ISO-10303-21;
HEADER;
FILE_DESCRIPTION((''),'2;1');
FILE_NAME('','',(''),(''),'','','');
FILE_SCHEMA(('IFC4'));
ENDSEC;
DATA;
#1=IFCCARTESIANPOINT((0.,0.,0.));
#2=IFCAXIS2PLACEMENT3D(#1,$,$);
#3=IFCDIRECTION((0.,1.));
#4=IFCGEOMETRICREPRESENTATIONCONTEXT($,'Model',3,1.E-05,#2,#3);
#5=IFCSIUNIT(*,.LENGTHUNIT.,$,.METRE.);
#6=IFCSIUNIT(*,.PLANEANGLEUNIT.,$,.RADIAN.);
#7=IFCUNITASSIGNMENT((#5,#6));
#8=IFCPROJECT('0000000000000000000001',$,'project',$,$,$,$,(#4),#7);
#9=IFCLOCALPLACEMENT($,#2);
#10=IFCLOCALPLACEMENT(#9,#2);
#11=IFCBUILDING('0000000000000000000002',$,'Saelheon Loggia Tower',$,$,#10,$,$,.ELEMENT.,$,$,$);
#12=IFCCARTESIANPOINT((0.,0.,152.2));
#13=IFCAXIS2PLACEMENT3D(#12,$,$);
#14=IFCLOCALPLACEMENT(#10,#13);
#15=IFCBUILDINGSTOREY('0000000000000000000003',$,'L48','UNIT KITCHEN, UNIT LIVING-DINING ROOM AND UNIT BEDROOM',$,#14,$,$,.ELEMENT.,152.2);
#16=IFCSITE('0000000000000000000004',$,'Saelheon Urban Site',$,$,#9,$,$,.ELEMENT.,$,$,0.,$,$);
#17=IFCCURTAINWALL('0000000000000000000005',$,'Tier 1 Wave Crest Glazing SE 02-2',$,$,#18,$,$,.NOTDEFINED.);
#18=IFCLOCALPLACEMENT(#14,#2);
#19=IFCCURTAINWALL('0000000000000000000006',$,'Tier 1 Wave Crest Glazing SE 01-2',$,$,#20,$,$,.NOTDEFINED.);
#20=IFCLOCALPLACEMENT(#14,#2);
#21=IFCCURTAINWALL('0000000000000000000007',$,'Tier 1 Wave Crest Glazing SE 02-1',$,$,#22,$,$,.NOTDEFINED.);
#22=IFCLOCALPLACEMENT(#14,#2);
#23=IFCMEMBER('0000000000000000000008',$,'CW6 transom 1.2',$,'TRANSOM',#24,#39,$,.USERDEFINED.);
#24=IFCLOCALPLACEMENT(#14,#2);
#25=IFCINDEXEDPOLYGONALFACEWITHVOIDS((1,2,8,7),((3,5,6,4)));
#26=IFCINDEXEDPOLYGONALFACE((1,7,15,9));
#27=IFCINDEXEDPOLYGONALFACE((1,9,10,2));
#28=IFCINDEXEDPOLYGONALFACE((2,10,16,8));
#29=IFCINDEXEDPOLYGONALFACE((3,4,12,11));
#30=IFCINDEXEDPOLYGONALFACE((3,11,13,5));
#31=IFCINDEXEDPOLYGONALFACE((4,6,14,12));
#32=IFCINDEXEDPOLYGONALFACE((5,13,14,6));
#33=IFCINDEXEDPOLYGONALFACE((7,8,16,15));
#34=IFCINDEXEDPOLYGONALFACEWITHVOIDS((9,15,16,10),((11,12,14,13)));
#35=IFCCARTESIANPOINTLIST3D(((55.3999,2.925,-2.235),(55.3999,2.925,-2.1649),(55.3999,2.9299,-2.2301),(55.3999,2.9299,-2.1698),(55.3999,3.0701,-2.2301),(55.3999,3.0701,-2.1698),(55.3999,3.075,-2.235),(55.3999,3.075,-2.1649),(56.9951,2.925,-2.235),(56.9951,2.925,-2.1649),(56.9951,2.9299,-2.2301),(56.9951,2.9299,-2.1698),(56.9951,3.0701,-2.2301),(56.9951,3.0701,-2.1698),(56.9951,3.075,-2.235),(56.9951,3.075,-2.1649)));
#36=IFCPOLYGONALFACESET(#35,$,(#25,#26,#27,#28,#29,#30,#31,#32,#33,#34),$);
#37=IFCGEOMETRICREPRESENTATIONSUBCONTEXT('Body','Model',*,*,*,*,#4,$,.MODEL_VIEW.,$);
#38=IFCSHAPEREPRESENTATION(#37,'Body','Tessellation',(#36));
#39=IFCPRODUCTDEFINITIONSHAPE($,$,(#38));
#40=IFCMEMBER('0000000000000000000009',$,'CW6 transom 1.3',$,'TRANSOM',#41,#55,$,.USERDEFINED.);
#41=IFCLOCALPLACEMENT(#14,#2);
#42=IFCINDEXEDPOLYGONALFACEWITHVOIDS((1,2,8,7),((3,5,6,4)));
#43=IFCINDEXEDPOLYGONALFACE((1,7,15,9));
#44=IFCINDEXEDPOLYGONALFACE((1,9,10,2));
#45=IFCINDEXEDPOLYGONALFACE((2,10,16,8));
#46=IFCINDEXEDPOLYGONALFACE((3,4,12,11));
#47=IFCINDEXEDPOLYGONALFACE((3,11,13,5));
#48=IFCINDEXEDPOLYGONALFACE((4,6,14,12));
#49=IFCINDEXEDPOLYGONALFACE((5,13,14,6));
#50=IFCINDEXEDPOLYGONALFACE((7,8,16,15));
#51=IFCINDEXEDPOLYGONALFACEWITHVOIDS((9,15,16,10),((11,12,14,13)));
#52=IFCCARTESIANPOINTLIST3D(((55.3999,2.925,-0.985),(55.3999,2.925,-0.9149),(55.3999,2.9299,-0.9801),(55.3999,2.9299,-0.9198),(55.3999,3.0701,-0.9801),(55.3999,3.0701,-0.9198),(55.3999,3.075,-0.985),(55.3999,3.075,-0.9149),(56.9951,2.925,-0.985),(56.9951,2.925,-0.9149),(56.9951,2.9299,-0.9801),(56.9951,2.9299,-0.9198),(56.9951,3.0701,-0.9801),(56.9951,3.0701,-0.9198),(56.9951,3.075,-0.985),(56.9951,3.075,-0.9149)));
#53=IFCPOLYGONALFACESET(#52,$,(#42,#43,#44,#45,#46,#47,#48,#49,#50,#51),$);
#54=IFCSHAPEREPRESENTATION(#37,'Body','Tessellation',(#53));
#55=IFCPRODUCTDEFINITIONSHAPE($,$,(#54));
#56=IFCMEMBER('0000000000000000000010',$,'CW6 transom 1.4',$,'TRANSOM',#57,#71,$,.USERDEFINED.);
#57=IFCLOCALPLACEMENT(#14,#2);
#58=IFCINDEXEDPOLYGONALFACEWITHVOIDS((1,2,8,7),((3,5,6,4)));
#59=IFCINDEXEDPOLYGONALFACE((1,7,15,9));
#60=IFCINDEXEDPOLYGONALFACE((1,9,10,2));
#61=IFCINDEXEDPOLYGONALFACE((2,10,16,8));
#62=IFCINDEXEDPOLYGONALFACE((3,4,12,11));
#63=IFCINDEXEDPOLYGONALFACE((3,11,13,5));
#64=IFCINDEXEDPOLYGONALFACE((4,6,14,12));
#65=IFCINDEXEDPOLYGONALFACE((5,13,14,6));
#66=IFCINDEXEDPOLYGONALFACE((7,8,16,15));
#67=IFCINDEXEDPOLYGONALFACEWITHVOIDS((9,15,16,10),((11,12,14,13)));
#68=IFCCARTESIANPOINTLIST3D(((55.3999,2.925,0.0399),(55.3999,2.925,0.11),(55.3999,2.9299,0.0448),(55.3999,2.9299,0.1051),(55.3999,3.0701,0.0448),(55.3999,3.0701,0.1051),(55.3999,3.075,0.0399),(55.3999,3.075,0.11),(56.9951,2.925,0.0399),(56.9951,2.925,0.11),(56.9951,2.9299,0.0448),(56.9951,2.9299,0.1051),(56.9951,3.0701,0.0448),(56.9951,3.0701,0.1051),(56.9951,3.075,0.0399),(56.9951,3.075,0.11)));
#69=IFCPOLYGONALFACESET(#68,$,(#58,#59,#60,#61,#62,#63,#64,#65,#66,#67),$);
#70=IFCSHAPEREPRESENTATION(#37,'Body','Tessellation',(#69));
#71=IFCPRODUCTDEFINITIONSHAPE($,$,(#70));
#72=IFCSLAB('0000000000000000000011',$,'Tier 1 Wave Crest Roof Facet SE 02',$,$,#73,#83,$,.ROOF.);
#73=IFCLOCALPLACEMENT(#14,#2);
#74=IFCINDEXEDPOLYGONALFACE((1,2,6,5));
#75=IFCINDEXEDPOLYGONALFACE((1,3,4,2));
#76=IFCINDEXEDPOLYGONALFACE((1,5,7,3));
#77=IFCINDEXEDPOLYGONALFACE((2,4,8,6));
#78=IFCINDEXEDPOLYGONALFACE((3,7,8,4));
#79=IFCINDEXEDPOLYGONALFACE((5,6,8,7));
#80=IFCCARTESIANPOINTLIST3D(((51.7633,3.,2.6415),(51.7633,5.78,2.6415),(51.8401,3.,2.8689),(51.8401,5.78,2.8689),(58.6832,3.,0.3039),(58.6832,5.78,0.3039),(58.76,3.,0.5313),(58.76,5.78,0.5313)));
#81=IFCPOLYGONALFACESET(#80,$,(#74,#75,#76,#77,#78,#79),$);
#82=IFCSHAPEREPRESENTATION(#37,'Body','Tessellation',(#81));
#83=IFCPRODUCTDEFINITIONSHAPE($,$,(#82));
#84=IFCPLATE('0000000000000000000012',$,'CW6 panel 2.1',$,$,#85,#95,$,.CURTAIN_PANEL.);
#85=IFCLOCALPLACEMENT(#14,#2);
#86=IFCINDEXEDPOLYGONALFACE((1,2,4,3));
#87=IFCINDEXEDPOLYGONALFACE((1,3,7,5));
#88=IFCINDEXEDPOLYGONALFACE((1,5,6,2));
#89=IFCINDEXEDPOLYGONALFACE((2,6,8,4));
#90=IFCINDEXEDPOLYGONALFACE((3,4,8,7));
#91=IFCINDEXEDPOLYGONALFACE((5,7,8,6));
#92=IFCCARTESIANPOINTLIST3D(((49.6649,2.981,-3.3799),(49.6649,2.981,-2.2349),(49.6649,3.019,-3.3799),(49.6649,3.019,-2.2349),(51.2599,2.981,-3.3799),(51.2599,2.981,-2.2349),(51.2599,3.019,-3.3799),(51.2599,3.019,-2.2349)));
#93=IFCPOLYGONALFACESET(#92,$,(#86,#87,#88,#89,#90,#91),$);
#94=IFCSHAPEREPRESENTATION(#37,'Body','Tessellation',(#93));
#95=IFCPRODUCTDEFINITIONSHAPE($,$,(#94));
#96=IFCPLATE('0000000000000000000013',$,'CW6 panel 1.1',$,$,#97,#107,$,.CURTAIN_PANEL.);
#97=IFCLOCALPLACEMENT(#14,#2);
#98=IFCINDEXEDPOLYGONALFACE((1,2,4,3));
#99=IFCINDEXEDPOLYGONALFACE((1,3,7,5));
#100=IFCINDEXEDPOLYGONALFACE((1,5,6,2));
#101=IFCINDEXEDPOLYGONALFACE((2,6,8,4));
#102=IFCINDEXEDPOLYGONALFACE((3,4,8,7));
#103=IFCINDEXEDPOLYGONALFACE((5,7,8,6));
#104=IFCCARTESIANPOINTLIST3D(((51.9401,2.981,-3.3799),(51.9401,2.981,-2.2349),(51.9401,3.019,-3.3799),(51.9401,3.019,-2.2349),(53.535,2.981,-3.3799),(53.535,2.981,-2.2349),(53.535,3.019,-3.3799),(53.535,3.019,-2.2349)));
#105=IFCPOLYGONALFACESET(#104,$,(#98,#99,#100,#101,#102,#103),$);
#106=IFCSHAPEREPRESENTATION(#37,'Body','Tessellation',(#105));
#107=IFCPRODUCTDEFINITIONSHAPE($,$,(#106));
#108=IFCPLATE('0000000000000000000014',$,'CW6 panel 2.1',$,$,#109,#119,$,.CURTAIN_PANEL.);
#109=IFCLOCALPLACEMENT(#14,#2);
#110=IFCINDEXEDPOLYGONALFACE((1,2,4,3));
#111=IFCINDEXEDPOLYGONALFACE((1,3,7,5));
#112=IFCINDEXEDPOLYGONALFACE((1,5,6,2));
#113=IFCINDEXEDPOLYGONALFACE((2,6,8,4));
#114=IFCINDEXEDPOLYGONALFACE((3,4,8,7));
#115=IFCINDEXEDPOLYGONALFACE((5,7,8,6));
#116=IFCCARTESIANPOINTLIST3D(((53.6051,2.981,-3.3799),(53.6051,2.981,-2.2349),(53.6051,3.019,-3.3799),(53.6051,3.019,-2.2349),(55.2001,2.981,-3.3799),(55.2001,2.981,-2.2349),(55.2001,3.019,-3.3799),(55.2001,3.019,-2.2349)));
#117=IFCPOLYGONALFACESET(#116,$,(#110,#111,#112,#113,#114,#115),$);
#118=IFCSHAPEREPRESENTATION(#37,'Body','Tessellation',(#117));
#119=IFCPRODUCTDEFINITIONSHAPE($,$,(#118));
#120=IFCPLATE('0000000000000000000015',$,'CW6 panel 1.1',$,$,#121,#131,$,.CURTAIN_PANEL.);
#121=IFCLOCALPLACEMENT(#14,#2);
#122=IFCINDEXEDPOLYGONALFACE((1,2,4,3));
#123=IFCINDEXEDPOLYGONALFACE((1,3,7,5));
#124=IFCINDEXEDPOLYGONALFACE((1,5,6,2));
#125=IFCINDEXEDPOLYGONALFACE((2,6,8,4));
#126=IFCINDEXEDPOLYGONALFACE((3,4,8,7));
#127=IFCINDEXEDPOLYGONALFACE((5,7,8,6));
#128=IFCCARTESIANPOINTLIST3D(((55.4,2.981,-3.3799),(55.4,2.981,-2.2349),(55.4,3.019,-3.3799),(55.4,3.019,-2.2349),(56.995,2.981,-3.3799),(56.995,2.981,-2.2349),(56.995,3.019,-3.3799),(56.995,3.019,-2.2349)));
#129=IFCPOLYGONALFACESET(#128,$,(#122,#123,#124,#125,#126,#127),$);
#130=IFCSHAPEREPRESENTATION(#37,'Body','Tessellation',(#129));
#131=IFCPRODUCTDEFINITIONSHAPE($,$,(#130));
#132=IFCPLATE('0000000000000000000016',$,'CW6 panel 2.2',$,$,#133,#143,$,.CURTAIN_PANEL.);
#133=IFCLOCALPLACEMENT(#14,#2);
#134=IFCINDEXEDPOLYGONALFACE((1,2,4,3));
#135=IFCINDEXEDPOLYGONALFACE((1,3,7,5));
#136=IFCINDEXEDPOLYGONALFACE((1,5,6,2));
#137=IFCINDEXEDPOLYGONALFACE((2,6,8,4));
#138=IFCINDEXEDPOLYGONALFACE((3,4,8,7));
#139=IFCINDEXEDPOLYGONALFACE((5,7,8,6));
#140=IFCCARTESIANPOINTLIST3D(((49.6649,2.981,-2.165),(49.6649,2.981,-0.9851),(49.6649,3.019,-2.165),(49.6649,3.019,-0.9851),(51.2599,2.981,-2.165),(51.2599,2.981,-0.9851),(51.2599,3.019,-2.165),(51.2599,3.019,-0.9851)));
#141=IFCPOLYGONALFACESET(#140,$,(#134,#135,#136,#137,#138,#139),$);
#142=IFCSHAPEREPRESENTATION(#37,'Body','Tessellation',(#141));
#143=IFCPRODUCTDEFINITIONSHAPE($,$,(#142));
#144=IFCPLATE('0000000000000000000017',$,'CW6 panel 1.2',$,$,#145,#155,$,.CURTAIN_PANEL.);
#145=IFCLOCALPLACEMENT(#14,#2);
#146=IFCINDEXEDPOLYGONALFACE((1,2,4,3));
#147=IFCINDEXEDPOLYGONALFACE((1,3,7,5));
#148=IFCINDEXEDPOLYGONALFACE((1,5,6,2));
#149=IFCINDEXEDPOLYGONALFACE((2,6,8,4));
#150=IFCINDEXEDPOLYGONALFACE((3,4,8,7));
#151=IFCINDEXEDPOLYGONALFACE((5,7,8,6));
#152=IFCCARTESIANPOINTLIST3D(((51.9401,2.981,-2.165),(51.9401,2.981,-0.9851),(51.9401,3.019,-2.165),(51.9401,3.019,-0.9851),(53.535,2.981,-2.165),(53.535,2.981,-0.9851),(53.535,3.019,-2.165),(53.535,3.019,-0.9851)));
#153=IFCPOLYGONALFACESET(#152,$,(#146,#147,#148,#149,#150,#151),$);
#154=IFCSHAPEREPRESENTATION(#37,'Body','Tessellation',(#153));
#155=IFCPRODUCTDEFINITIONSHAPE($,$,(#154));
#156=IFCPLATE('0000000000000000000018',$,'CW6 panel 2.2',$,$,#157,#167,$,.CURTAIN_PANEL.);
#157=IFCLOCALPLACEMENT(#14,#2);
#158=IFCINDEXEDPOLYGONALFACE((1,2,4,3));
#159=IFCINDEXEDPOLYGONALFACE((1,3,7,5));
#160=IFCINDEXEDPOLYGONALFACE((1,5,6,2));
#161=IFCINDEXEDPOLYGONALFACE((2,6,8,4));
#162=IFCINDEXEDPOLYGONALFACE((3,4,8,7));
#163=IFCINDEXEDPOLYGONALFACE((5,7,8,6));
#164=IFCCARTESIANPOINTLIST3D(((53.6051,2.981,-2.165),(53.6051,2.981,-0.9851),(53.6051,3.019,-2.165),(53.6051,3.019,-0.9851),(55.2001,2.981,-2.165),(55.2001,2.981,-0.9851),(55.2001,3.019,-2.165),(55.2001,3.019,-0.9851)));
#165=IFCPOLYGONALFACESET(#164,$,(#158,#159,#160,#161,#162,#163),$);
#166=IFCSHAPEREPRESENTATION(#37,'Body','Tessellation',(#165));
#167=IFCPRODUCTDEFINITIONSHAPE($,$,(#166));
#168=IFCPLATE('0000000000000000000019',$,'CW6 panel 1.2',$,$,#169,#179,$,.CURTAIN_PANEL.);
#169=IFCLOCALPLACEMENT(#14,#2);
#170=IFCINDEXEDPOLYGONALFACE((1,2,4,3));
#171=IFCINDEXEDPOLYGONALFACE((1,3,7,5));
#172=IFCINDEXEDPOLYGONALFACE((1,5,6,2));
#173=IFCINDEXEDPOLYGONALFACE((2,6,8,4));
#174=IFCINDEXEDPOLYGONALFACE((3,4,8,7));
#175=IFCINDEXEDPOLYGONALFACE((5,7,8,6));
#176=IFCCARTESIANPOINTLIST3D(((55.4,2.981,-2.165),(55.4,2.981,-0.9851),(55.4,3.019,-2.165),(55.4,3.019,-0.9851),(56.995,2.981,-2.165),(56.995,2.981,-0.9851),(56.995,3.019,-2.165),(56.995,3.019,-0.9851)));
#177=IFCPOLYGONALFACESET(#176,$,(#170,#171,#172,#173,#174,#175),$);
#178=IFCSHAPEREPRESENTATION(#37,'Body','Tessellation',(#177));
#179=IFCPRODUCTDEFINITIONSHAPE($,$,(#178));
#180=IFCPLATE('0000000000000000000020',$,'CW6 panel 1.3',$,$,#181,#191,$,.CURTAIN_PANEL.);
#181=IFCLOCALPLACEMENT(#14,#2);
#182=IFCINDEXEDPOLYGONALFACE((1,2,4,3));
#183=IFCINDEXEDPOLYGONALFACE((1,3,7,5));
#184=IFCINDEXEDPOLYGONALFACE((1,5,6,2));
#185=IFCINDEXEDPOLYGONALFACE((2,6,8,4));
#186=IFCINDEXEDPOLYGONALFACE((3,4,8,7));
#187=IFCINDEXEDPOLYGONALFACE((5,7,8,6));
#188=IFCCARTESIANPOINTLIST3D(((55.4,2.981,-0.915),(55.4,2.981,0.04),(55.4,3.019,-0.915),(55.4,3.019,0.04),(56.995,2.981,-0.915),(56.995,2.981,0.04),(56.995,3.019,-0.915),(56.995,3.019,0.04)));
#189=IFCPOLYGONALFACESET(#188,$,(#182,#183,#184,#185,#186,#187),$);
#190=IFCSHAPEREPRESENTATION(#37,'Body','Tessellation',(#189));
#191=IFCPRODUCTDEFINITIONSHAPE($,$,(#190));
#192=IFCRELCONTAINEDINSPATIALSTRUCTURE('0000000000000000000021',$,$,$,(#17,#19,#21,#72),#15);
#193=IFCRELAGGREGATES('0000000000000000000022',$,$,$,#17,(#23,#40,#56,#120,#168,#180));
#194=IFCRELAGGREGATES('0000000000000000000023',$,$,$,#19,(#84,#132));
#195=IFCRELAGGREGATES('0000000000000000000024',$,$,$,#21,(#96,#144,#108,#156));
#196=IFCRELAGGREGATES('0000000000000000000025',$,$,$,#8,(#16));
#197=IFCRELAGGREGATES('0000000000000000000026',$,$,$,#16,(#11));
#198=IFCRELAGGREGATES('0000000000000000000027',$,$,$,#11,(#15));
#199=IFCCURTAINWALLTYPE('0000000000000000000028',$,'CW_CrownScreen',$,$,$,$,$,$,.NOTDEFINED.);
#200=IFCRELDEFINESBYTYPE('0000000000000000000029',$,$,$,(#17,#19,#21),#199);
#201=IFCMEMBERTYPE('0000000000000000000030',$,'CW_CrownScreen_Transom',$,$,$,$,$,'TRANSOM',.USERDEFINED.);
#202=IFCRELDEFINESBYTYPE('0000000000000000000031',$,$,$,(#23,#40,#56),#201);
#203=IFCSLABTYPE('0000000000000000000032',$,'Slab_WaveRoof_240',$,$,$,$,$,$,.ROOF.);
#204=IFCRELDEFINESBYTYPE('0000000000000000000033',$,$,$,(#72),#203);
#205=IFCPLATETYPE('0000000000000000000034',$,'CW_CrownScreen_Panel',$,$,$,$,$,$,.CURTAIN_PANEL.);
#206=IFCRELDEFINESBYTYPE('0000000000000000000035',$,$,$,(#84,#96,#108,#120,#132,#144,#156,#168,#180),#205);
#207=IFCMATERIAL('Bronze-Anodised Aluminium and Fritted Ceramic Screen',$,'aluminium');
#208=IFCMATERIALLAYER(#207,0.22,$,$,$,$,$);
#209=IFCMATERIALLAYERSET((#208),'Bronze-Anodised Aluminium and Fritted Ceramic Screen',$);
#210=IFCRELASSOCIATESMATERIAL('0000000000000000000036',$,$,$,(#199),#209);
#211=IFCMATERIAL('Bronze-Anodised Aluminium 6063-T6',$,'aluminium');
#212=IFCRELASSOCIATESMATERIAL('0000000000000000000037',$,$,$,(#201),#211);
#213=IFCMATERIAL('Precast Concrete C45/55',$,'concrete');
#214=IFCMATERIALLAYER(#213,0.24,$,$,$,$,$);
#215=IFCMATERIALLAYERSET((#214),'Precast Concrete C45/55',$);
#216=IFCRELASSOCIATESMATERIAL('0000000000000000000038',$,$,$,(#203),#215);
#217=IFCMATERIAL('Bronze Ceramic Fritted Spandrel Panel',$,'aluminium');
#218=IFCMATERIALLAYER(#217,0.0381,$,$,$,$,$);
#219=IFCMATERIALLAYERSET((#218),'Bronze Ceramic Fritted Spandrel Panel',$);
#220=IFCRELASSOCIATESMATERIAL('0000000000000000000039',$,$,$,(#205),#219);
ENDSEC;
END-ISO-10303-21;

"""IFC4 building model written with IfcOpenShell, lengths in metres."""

from ifc_helpers import new_model, si_unit, direction, frame, origin, origin_2d, place, context, subcontext, project, spatial, polyline, rectangle, hollow_rectangle, outline, extrude, source, transform, mapped, material, layer, layer_set, material_profile, profile_set, type_object, element, aggregate, save


model = new_model("IFC4")

# Units and contexts
model_context = context("Model", 3, precision=1e-05, world=origin(), true_north=direction((0.0, 1.0)))
body_context = subcontext(model_context, "Body", "Model", "MODEL_VIEW")
ifc_project = project(units=[si_unit("LENGTHUNIT", "METRE"), si_unit("PLANEANGLEUNIT", "RADIAN")], contexts=[model_context])

# Site, building, storey
site_placement = place(None, origin())
site = spatial("IfcSite", under=ifc_project, at=site_placement, Name="Saelheon Urban Site", CompositionType="ELEMENT", RefElevation=0.0)
building_placement = place(site_placement, origin())
building = spatial("IfcBuilding", under=site, at=building_placement, Name="Saelheon Loggia Tower", CompositionType="ELEMENT")
storey_placement = place(building_placement, frame((0.0, 0.0, 152.2)))
storey = spatial("IfcBuildingStorey", under=building, at=storey_placement, Name="L48", Description="UNIT KITCHEN, UNIT LIVING-DINING ROOM AND UNIT BEDROOM", CompositionType="ELEMENT", Elevation=152.2)

# Curtain wall
ifc_material_1 = material(Name="Bronze-Anodised Aluminium and Fritted Ceramic Screen", Category="aluminium")
ifc_layer_1 = layer(ifc_material_1, 0.22)
ifc_layer_set_1 = layer_set([ifc_layer_1], Name="Bronze-Anodised Aluminium and Fritted Ceramic Screen")
curtain_wall_type = type_object("IfcCurtainWallType", Name="CW_CrownScreen", PredefinedType="NOTDEFINED", material=ifc_layer_set_1)
curtain_wall_1_placement = place(storey_placement, origin())
curtain_wall_1 = element("IfcCurtainWall", 1, at=curtain_wall_1_placement, inside=storey, type_object=curtain_wall_type, Name="Tier 1 Wave Crest Glazing SE 02-2", PredefinedType="NOTDEFINED")
ifc_material_2 = material(Name="Bronze-Anodised Aluminium 6063-T6", Category="aluminium")

# Curtain wall
curtain_wall_2_placement = place(storey_placement, origin())
curtain_wall_2 = element("IfcCurtainWall", 2, at=curtain_wall_2_placement, inside=storey, type_object=curtain_wall_type, Name="Tier 1 Wave Crest Glazing SE 01-2", PredefinedType="NOTDEFINED")

# Curtain wall
curtain_wall_3_placement = place(storey_placement, origin())
curtain_wall_3 = element("IfcCurtainWall", 3, at=curtain_wall_3_placement, inside=storey, type_object=curtain_wall_type, Name="Tier 1 Wave Crest Glazing SE 02-1", PredefinedType="NOTDEFINED")
ifc_material_profile_1 = material_profile(ifc_material_2, hollow_rectangle(XDim=0.0701, YDim=0.1499, WallThickness=0.0049, at=origin_2d()), Name="RHS-150x70x5")
ifc_profile_set_1 = profile_set([ifc_material_profile_1], Name="Bronze-Anodised Aluminium 6063-T6")
member_type_1 = type_object("IfcMemberType", Name="CW_CrownScreen_Transom", ElementType="TRANSOM", PredefinedType="USERDEFINED", material=ifc_profile_set_1)

# Members
shared_shape_1 = source(origin(), body_context, "Body", "SweptSolid", [
    extrude(hollow_rectangle(XDim=0.0701, YDim=0.1499, WallThickness=0.0049, at=origin_2d()), origin(), (0.0, 0.0, 1.0), 1.5952),
])
member_1_placement = place(storey_placement, frame((55.3999, 3.0, -2.2), z_axis=(1.0, 0.0, 0.0), x_axis=(0.0, 0.0, 1.0)))
member_1 = element("IfcMember", 4, at=member_1_placement, type_object=member_type_1, Name="CW6 transom 1.2", ObjectType="TRANSOM", PredefinedType="USERDEFINED", context=body_context, shape_type="MappedRepresentation", body=[
    mapped(shared_shape_1, transform((0.0, 0.0, 0.0), scale=1.0)),
])
member_2_placement = place(storey_placement, frame((55.3999, 3.0, -0.95), z_axis=(1.0, 0.0, 0.0), x_axis=(0.0, 0.0, 1.0)))
member_2 = element("IfcMember", 5, at=member_2_placement, type_object=member_type_1, Name="CW6 transom 1.3", ObjectType="TRANSOM", PredefinedType="USERDEFINED", context=body_context, shape_type="MappedRepresentation", body=[
    mapped(shared_shape_1, transform((0.0, 0.0, 0.0), scale=1.0)),
])
member_3_placement = place(storey_placement, frame((55.3999, 3.0, 0.075), z_axis=(1.0, 0.0, 0.0), x_axis=(0.0, 0.0, 1.0)))
member_3 = element("IfcMember", 6, at=member_3_placement, type_object=member_type_1, Name="CW6 transom 1.4", ObjectType="TRANSOM", PredefinedType="USERDEFINED", context=body_context, shape_type="MappedRepresentation", body=[
    mapped(shared_shape_1, transform((0.0, 0.0, 0.0), scale=1.0)),
])

# Slab
ifc_material_3 = material(Name="Precast Concrete C45/55", Category="concrete")
ifc_layer_2 = layer(ifc_material_3, 0.24)
ifc_layer_set_2 = layer_set([ifc_layer_2], Name="Precast Concrete C45/55")
slab_type = type_object("IfcSlabType", Name="Slab_WaveRoof_240", PredefinedType="ROOF", material=ifc_layer_set_2)
slab_placement = place(storey_placement, frame((51.8401, 3.0, 2.8689), z_axis=(0.320046, 0.0, 0.947402), x_axis=(0.0, 1.0, 0.0)))
element("IfcSlab", 7, at=slab_placement, inside=storey, type_object=slab_type, Name="Tier 1 Wave Crest Roof Facet SE 02", PredefinedType="ROOF", context=body_context, shape_type="SweptSolid", body=[
    extrude(outline(polyline([(0.0, 0.0), (2.78, 0.0), (2.78, -7.3041), (0.0, -7.3041), (0.0, 0.0)])), origin(), (0.0, 0.0, -1.0), 0.24),
])

# Plates
ifc_material_4 = material(Name="Bronze Ceramic Fritted Spandrel Panel", Category="aluminium")
ifc_layer_3 = layer(ifc_material_4, 0.0381)
ifc_layer_set_3 = layer_set([ifc_layer_3], Name="Bronze Ceramic Fritted Spandrel Panel")
plate_type = type_object("IfcPlateType", Name="CW_CrownScreen_Panel", PredefinedType="CURTAIN_PANEL", material=ifc_layer_set_3)
shared_shape_2 = source(origin(), body_context, "Body", "SweptSolid", [
    extrude(rectangle(XDim=1.595, YDim=0.0381, at=origin_2d()), origin(), (0.0, 0.0, 1.0), 1.145),
])
plate_1_placement = place(storey_placement, frame((50.4624, 3.0, -3.3799), z_axis=(0.0, 0.0, 1.0), x_axis=(1.0, 0.0, 0.0)))
plate_1 = element("IfcPlate", 8, at=plate_1_placement, type_object=plate_type, Name="CW6 panel 2.1", PredefinedType="CURTAIN_PANEL", context=body_context, shape_type="MappedRepresentation", body=[
    mapped(shared_shape_2, transform((0.0, 0.0, 0.0), scale=1.0)),
])
plate_2_placement = place(storey_placement, frame((52.7375, 3.0, -3.3799), z_axis=(0.0, 0.0, 1.0), x_axis=(1.0, 0.0, 0.0)))
plate_2 = element("IfcPlate", 9, at=plate_2_placement, type_object=plate_type, Name="CW6 panel 1.1", PredefinedType="CURTAIN_PANEL", context=body_context, shape_type="MappedRepresentation", body=[
    mapped(shared_shape_2, transform((0.0, 0.0, 0.0), scale=1.0)),
])
plate_3_placement = place(storey_placement, frame((54.4026, 3.0, -3.3799), z_axis=(0.0, 0.0, 1.0), x_axis=(1.0, 0.0, 0.0)))
plate_3 = element("IfcPlate", 10, at=plate_3_placement, type_object=plate_type, Name="CW6 panel 2.1", PredefinedType="CURTAIN_PANEL", context=body_context, shape_type="MappedRepresentation", body=[
    mapped(shared_shape_2, transform((0.0, 0.0, 0.0), scale=1.0)),
])
plate_4_placement = place(storey_placement, frame((56.1975, 3.0, -3.3799), z_axis=(0.0, 0.0, 1.0), x_axis=(1.0, 0.0, 0.0)))
plate_4 = element("IfcPlate", 11, at=plate_4_placement, type_object=plate_type, Name="CW6 panel 1.1", PredefinedType="CURTAIN_PANEL", context=body_context, shape_type="MappedRepresentation", body=[
    mapped(shared_shape_2, transform((0.0, 0.0, 0.0), scale=1.0)),
])
shared_shape_3 = source(origin(), body_context, "Body", "SweptSolid", [
    extrude(rectangle(XDim=1.595, YDim=0.0381, at=origin_2d()), origin(), (0.0, 0.0, 1.0), 1.1799),
])
plate_5_placement = place(storey_placement, frame((50.4624, 3.0, -2.165), z_axis=(0.0, 0.0, 1.0), x_axis=(1.0, 0.0, 0.0)))
plate_5 = element("IfcPlate", 12, at=plate_5_placement, type_object=plate_type, Name="CW6 panel 2.2", PredefinedType="CURTAIN_PANEL", context=body_context, shape_type="MappedRepresentation", body=[
    mapped(shared_shape_3, transform((0.0, 0.0, 0.0), scale=1.0)),
])
plate_6_placement = place(storey_placement, frame((52.7375, 3.0, -2.165), z_axis=(0.0, 0.0, 1.0), x_axis=(1.0, 0.0, 0.0)))
plate_6 = element("IfcPlate", 13, at=plate_6_placement, type_object=plate_type, Name="CW6 panel 1.2", PredefinedType="CURTAIN_PANEL", context=body_context, shape_type="MappedRepresentation", body=[
    mapped(shared_shape_3, transform((0.0, 0.0, 0.0), scale=1.0)),
])
plate_7_placement = place(storey_placement, frame((54.4026, 3.0, -2.165), z_axis=(0.0, 0.0, 1.0), x_axis=(1.0, 0.0, 0.0)))
plate_7 = element("IfcPlate", 14, at=plate_7_placement, type_object=plate_type, Name="CW6 panel 2.2", PredefinedType="CURTAIN_PANEL", context=body_context, shape_type="MappedRepresentation", body=[
    mapped(shared_shape_3, transform((0.0, 0.0, 0.0), scale=1.0)),
])
plate_8_placement = place(storey_placement, frame((56.1975, 3.0, -2.165), z_axis=(0.0, 0.0, 1.0), x_axis=(1.0, 0.0, 0.0)))
plate_8 = element("IfcPlate", 15, at=plate_8_placement, type_object=plate_type, Name="CW6 panel 1.2", PredefinedType="CURTAIN_PANEL", context=body_context, shape_type="MappedRepresentation", body=[
    mapped(shared_shape_3, transform((0.0, 0.0, 0.0), scale=1.0)),
])
shared_shape_4 = source(origin(), body_context, "Body", "SweptSolid", [
    extrude(rectangle(XDim=1.595, YDim=0.0381, at=origin_2d()), origin(), (0.0, 0.0, 1.0), 0.9551),
])
plate_9_placement = place(storey_placement, frame((56.1975, 3.0, -0.915), z_axis=(0.0, 0.0, 1.0), x_axis=(1.0, 0.0, 0.0)))
plate_9 = element("IfcPlate", 16, at=plate_9_placement, type_object=plate_type, Name="CW6 panel 1.3", PredefinedType="CURTAIN_PANEL", context=body_context, shape_type="MappedRepresentation", body=[
    mapped(shared_shape_4, transform((0.0, 0.0, 0.0), scale=1.0)),
])
aggregate(curtain_wall_1, [member_1, member_2, member_3, plate_4, plate_8, plate_9])
aggregate(curtain_wall_2, [plate_1, plate_5])
aggregate(curtain_wall_3, [plate_2, plate_6, plate_3, plate_7])

save(model, "model.ifc")
